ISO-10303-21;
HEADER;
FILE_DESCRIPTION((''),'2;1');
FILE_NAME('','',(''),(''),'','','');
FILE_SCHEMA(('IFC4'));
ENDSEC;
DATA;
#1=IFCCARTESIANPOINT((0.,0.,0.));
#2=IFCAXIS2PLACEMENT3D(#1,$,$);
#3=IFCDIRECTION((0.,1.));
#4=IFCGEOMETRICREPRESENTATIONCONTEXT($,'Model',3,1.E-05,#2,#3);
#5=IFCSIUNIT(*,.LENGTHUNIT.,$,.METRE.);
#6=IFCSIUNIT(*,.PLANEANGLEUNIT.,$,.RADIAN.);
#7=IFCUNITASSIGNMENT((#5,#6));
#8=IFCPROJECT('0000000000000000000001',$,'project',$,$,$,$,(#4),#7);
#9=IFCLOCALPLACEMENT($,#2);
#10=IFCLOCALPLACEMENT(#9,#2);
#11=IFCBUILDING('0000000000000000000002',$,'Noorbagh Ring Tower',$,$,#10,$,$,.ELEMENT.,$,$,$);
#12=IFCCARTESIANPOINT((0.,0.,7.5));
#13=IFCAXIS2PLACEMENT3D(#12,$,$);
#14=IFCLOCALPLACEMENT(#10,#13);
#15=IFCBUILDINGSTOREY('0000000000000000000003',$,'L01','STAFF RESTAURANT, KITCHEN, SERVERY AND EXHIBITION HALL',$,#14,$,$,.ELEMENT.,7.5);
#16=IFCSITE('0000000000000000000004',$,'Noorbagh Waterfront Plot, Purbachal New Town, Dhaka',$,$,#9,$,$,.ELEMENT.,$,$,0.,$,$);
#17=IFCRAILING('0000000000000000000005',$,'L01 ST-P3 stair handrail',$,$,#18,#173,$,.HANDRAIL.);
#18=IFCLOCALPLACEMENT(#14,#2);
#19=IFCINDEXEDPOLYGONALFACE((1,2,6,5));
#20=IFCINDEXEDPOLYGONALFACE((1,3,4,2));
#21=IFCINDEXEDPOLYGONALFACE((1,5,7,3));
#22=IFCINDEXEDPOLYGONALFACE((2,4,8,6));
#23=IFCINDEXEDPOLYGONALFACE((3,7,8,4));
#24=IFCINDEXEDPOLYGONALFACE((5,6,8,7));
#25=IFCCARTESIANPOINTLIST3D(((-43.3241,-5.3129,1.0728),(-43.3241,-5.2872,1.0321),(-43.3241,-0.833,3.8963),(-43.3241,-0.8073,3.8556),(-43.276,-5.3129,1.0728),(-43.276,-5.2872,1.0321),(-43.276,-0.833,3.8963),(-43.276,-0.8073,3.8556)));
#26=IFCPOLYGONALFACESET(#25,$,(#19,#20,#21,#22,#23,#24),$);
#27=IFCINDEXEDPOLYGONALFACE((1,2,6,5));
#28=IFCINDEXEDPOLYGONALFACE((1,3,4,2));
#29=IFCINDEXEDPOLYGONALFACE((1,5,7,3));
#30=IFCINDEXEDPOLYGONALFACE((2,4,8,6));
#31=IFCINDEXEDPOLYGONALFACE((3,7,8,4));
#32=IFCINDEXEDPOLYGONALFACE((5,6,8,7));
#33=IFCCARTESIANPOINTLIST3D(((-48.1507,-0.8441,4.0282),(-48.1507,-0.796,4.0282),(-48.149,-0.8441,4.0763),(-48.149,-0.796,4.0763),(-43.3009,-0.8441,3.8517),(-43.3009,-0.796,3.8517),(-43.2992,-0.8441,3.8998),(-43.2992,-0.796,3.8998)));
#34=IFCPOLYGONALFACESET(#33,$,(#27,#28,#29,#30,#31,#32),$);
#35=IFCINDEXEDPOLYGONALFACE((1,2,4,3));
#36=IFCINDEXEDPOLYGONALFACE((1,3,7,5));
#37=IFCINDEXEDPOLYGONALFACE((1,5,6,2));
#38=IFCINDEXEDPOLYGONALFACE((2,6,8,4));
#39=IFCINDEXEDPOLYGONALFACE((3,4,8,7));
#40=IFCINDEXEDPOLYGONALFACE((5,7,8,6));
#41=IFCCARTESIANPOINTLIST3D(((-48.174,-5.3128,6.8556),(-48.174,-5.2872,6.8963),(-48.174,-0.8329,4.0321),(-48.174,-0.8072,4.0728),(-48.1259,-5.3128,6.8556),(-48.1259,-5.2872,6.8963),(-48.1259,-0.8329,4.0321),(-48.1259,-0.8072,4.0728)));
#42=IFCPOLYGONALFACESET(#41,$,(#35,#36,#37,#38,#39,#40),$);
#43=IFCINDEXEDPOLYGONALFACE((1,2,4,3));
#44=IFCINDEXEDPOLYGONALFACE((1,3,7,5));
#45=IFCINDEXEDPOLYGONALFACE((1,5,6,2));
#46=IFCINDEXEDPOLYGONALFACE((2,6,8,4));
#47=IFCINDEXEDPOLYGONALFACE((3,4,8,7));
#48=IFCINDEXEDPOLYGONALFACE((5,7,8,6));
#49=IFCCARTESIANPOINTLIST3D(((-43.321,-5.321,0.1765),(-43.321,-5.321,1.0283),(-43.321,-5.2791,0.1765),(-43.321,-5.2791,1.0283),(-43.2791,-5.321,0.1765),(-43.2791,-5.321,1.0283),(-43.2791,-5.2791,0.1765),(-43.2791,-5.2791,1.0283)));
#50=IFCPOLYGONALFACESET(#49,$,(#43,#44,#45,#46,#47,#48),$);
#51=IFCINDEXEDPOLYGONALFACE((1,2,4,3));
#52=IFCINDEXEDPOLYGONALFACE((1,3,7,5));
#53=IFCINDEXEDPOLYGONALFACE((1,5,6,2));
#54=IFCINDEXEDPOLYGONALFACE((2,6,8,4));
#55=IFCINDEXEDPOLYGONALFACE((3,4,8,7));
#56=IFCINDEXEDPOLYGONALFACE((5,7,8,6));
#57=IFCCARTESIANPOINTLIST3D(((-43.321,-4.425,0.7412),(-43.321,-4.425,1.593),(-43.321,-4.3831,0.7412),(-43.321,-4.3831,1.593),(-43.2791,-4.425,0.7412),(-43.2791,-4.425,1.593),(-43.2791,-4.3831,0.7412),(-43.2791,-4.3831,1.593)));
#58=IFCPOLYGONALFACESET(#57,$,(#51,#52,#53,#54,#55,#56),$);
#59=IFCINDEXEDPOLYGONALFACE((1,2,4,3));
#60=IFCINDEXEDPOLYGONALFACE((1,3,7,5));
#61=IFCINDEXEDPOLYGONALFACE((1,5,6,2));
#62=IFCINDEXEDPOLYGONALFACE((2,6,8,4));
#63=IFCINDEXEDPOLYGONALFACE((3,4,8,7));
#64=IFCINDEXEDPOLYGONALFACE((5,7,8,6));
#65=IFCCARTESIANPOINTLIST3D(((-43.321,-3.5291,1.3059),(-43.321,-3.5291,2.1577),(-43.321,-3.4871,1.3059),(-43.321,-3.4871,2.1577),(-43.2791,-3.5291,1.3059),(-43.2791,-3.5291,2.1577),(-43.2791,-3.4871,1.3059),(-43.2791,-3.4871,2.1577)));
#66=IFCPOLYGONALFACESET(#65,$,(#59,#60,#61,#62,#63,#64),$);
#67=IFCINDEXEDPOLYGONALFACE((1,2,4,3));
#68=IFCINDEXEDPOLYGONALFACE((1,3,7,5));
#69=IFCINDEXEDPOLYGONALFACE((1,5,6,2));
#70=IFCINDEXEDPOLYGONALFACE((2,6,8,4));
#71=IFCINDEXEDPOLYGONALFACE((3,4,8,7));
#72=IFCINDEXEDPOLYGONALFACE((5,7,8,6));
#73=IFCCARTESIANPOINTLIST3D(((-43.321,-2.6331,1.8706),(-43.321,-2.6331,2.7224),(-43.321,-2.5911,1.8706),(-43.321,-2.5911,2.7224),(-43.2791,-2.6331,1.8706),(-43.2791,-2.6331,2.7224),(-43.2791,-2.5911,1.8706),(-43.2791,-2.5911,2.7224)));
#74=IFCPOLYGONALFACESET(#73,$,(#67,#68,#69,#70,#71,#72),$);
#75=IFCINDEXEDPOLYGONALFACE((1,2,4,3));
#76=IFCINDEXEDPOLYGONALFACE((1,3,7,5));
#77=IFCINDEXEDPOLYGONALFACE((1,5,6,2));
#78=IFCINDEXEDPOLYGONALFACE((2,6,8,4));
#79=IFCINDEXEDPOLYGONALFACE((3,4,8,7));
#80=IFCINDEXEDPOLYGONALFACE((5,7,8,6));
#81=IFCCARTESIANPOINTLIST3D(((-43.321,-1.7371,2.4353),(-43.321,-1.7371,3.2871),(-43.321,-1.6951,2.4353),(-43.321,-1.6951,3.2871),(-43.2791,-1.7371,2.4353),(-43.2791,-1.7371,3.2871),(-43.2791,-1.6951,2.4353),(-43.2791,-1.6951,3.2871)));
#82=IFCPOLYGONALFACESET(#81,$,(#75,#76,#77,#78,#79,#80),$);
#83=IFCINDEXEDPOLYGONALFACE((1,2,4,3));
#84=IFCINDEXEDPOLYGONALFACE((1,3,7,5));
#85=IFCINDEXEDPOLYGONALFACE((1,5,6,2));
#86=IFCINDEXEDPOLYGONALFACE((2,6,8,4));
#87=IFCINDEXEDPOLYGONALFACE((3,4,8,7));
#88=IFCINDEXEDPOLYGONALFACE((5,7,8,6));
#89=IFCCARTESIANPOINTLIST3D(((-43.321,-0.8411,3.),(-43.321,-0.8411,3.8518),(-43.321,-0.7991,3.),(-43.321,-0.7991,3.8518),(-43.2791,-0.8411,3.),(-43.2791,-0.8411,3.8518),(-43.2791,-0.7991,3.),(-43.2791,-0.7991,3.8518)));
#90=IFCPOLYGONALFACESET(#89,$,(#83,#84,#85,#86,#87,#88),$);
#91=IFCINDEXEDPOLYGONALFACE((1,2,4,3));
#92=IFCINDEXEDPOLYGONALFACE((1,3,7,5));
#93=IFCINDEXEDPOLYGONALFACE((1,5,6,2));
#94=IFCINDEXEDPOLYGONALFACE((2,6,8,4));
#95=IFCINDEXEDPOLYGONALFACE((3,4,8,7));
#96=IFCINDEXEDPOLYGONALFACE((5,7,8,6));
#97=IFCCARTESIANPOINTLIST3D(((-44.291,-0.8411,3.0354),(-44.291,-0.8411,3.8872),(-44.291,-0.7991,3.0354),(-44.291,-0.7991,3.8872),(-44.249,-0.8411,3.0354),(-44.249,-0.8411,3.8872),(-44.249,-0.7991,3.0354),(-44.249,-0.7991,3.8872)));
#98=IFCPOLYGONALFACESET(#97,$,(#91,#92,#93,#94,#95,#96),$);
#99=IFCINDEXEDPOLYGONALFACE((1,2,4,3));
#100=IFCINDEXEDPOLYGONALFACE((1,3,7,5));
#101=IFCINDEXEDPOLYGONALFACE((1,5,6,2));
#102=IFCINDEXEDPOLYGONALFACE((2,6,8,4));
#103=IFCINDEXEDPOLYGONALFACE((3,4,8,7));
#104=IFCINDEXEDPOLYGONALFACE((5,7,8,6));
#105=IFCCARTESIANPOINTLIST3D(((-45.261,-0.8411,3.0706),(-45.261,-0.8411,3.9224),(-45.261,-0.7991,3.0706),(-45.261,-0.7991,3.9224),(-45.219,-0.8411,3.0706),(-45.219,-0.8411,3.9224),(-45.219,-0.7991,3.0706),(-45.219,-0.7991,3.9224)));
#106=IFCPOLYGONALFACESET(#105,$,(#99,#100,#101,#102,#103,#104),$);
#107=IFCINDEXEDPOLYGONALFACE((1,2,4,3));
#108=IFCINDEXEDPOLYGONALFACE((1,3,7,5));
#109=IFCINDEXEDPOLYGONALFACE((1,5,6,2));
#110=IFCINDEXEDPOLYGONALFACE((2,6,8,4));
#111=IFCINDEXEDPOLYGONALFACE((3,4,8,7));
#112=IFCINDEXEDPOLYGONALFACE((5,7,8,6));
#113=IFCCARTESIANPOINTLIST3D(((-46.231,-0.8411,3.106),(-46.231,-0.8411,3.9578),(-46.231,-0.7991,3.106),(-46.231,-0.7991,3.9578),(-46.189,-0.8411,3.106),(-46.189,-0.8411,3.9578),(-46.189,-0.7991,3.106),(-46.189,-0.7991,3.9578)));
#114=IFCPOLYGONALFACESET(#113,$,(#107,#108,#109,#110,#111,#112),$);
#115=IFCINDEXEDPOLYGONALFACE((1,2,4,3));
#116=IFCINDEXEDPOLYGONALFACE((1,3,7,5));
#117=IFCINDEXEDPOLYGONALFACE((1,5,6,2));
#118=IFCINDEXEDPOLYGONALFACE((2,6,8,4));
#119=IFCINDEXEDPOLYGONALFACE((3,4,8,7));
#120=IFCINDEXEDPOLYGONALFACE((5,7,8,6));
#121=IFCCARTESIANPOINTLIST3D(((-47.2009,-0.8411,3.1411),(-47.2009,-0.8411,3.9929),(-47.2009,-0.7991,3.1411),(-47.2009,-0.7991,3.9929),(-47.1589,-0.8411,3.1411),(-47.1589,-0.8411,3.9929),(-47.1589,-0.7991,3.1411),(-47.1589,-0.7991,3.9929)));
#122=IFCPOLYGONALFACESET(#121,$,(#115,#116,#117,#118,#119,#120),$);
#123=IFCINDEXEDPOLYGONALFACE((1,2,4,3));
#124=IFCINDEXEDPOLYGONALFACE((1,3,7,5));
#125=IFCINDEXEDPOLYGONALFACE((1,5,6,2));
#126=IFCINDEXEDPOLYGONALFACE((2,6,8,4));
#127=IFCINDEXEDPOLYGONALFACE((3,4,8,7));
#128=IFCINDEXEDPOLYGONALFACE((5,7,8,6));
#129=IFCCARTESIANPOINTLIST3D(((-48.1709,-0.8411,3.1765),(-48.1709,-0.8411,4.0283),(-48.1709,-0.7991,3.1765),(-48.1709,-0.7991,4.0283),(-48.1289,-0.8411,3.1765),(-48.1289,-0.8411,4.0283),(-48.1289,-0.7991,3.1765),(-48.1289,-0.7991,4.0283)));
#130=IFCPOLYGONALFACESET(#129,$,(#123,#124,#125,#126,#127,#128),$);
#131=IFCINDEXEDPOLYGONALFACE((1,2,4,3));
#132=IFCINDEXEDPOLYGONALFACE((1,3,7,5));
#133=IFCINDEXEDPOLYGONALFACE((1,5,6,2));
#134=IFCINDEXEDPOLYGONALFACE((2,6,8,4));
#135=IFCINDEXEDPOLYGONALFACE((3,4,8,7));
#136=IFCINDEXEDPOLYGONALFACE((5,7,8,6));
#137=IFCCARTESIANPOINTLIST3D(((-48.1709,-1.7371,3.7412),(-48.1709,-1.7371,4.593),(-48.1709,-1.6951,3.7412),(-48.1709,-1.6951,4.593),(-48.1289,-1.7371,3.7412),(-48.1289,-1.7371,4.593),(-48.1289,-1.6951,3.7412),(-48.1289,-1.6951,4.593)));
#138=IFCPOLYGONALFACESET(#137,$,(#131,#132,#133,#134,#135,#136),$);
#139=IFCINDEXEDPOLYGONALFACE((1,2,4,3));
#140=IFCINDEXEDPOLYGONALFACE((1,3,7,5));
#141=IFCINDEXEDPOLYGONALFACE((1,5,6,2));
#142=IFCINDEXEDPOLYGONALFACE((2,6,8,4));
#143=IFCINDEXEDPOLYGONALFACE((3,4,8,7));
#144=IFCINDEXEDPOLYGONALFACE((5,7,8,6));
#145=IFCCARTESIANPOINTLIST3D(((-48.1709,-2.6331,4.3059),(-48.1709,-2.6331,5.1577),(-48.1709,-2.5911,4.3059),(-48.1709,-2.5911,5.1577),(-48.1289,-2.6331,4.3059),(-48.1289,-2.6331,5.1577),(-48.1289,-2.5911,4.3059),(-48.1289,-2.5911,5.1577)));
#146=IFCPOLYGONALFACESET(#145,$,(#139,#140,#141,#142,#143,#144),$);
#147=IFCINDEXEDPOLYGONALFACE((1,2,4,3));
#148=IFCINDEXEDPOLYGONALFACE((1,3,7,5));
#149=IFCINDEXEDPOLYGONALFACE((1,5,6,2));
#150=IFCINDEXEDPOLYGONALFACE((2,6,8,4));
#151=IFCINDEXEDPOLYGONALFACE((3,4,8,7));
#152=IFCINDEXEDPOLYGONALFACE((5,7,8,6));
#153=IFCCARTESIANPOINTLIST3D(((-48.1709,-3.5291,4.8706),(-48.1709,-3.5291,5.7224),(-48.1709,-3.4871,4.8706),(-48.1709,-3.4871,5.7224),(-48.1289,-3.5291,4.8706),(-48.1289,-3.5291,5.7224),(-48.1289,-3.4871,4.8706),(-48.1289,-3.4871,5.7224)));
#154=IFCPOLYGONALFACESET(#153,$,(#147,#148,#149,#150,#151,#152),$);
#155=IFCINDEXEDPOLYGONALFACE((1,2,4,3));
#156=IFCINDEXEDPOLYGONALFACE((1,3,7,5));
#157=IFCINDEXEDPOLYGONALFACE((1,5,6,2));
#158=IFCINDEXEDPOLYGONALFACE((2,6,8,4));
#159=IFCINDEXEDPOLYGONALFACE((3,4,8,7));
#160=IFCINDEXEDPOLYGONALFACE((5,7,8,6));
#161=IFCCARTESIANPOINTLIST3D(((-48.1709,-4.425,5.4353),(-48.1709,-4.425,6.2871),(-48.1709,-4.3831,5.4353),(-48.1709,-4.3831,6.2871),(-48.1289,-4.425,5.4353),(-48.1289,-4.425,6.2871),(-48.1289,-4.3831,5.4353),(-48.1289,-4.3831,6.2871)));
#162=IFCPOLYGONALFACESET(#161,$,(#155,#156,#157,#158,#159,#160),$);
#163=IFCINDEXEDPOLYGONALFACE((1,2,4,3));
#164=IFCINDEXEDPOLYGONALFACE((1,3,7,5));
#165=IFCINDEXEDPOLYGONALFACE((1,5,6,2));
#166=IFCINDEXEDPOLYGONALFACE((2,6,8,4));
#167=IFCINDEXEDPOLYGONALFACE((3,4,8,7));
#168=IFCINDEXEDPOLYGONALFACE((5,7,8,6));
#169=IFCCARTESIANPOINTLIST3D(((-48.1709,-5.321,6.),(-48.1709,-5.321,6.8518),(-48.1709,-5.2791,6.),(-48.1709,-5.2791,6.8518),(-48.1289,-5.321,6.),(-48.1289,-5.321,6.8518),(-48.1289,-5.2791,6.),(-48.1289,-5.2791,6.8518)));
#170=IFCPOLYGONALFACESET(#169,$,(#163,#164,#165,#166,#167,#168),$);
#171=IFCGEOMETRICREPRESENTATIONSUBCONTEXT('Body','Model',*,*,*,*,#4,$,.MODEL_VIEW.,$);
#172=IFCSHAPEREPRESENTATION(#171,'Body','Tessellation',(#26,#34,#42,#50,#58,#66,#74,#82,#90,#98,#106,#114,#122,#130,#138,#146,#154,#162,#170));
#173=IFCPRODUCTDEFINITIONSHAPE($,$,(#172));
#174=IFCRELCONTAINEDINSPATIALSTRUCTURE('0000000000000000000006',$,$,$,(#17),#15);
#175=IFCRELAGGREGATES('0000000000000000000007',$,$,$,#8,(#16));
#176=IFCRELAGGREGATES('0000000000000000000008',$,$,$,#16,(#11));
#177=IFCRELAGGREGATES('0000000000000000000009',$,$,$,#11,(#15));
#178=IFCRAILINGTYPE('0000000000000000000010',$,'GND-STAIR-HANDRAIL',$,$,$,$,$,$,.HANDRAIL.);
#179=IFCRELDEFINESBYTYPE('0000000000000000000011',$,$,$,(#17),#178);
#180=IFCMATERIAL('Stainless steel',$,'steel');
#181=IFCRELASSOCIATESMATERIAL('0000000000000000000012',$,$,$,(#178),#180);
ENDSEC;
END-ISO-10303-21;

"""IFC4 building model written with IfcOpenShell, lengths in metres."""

from ifc_helpers import new_model, si_unit, direction, frame, origin, origin_2d, place, context, subcontext, project, spatial, rectangle, extrude, material, type_object, element, save


model = new_model("IFC4")

# Units and contexts
model_context = context("Model", 3, precision=1e-05, world=origin(), true_north=direction((0.0, 1.0)))
body_context = subcontext(model_context, "Body", "Model", "MODEL_VIEW")
ifc_project = project(units=[si_unit("LENGTHUNIT", "METRE"), si_unit("PLANEANGLEUNIT", "RADIAN")], contexts=[model_context])

# Site, building, storey
site_placement = place(None, origin())
site = spatial("IfcSite", under=ifc_project, at=site_placement, Name="Noorbagh Waterfront Plot, Purbachal New Town, Dhaka", CompositionType="ELEMENT", RefElevation=0.0)
building_placement = place(site_placement, origin())
building = spatial("IfcBuilding", under=site, at=building_placement, Name="Noorbagh Ring Tower", CompositionType="ELEMENT")
storey_placement = place(building_placement, frame((0.0, 0.0, 7.5)))
storey = spatial("IfcBuildingStorey", under=building, at=storey_placement, Name="L01", Description="STAFF RESTAURANT, KITCHEN, SERVERY AND EXHIBITION HALL", CompositionType="ELEMENT", Elevation=7.5)

# Railing
ifc_material_1 = material(Name="Stainless steel", Category="steel")
railing_type = type_object("IfcRailingType", Name="GND-STAIR-HANDRAIL", PredefinedType="HANDRAIL", material=ifc_material_1)
railing_placement = place(storey_placement, frame((-43.3, -5.3, 0.1765)))
element("IfcRailing", 1, at=railing_placement, inside=storey, type_object=railing_type, Name="L01 ST-P3 stair handrail", PredefinedType="HANDRAIL", context=body_context, shape_type="SweptSolid", body=[
    extrude(rectangle(XDim=0.0481, YDim=0.0481, at=origin_2d()), frame((0.0, 0.0, 0.876), z_axis=(0.0, 0.845998, 0.533186), x_axis=(-1.0, 0.0, 0.0)), (0.0, 0.0, 1.0), 5.2954),
    extrude(rectangle(XDim=0.0481, YDim=0.0481, at=origin_2d()), frame((0.0, 4.48, 3.6992), z_axis=(-0.999338, 0.0, 0.036372), x_axis=(0.0, -1.0, 0.0)), (0.0, 0.0, 1.0), 4.853),
    extrude(rectangle(XDim=0.0481, YDim=0.0481, at=origin_2d()), frame((-4.8499, 4.48, 3.876), z_axis=(0.0, -0.845998, 0.533186), x_axis=(1.0, 0.0, 0.0)), (0.0, 0.0, 1.0), 5.2954),
    extrude(rectangle(XDim=0.042, YDim=0.042, at=origin_2d()), origin(), (0.0, 0.0, 1.0), 0.8518),
    extrude(rectangle(XDim=0.042, YDim=0.042, at=origin_2d()), frame((0.0, 0.896, 0.5647)), (0.0, 0.0, 1.0), 0.8518),
    extrude(rectangle(XDim=0.042, YDim=0.042, at=origin_2d()), frame((0.0, 1.792, 1.1294)), (0.0, 0.0, 1.0), 0.8518),
    extrude(rectangle(XDim=0.042, YDim=0.042, at=origin_2d()), frame((0.0, 2.688, 1.6941)), (0.0, 0.0, 1.0), 0.8518),
    extrude(rectangle(XDim=0.042, YDim=0.042, at=origin_2d()), frame((0.0, 3.584, 2.2588)), (0.0, 0.0, 1.0), 0.8518),
    extrude(rectangle(XDim=0.042, YDim=0.042, at=origin_2d()), frame((0.0, 4.48, 2.8235)), (0.0, 0.0, 1.0), 0.8518),
    extrude(rectangle(XDim=0.042, YDim=0.042, at=origin_2d()), frame((-0.97, 4.48, 2.8589)), (0.0, 0.0, 1.0), 0.8518),
    extrude(rectangle(XDim=0.042, YDim=0.042, at=origin_2d()), frame((-1.9399, 4.48, 2.894)), (0.0, 0.0, 1.0), 0.8518),
    extrude(rectangle(XDim=0.042, YDim=0.042, at=origin_2d()), frame((-2.9099, 4.48, 2.9294)), (0.0, 0.0, 1.0), 0.8518),
    extrude(rectangle(XDim=0.042, YDim=0.042, at=origin_2d()), frame((-3.8799, 4.48, 2.9646)), (0.0, 0.0, 1.0), 0.8518),
    extrude(rectangle(XDim=0.042, YDim=0.042, at=origin_2d()), frame((-4.8499, 4.48, 3.0)), (0.0, 0.0, 1.0), 0.8518),
    extrude(rectangle(XDim=0.042, YDim=0.042, at=origin_2d()), frame((-4.8499, 3.584, 3.5647)), (0.0, 0.0, 1.0), 0.8518),
    extrude(rectangle(XDim=0.042, YDim=0.042, at=origin_2d()), frame((-4.8499, 2.688, 4.1294)), (0.0, 0.0, 1.0), 0.8518),
    extrude(rectangle(XDim=0.042, YDim=0.042, at=origin_2d()), frame((-4.8499, 1.792, 4.6941)), (0.0, 0.0, 1.0), 0.8518),
    extrude(rectangle(XDim=0.042, YDim=0.042, at=origin_2d()), frame((-4.8499, 0.896, 5.2588)), (0.0, 0.0, 1.0), 0.8518),
    extrude(rectangle(XDim=0.042, YDim=0.042, at=origin_2d()), frame((-4.8499, 0.0, 5.8235)), (0.0, 0.0, 1.0), 0.8518),
])

save(model, "model.ifc")
